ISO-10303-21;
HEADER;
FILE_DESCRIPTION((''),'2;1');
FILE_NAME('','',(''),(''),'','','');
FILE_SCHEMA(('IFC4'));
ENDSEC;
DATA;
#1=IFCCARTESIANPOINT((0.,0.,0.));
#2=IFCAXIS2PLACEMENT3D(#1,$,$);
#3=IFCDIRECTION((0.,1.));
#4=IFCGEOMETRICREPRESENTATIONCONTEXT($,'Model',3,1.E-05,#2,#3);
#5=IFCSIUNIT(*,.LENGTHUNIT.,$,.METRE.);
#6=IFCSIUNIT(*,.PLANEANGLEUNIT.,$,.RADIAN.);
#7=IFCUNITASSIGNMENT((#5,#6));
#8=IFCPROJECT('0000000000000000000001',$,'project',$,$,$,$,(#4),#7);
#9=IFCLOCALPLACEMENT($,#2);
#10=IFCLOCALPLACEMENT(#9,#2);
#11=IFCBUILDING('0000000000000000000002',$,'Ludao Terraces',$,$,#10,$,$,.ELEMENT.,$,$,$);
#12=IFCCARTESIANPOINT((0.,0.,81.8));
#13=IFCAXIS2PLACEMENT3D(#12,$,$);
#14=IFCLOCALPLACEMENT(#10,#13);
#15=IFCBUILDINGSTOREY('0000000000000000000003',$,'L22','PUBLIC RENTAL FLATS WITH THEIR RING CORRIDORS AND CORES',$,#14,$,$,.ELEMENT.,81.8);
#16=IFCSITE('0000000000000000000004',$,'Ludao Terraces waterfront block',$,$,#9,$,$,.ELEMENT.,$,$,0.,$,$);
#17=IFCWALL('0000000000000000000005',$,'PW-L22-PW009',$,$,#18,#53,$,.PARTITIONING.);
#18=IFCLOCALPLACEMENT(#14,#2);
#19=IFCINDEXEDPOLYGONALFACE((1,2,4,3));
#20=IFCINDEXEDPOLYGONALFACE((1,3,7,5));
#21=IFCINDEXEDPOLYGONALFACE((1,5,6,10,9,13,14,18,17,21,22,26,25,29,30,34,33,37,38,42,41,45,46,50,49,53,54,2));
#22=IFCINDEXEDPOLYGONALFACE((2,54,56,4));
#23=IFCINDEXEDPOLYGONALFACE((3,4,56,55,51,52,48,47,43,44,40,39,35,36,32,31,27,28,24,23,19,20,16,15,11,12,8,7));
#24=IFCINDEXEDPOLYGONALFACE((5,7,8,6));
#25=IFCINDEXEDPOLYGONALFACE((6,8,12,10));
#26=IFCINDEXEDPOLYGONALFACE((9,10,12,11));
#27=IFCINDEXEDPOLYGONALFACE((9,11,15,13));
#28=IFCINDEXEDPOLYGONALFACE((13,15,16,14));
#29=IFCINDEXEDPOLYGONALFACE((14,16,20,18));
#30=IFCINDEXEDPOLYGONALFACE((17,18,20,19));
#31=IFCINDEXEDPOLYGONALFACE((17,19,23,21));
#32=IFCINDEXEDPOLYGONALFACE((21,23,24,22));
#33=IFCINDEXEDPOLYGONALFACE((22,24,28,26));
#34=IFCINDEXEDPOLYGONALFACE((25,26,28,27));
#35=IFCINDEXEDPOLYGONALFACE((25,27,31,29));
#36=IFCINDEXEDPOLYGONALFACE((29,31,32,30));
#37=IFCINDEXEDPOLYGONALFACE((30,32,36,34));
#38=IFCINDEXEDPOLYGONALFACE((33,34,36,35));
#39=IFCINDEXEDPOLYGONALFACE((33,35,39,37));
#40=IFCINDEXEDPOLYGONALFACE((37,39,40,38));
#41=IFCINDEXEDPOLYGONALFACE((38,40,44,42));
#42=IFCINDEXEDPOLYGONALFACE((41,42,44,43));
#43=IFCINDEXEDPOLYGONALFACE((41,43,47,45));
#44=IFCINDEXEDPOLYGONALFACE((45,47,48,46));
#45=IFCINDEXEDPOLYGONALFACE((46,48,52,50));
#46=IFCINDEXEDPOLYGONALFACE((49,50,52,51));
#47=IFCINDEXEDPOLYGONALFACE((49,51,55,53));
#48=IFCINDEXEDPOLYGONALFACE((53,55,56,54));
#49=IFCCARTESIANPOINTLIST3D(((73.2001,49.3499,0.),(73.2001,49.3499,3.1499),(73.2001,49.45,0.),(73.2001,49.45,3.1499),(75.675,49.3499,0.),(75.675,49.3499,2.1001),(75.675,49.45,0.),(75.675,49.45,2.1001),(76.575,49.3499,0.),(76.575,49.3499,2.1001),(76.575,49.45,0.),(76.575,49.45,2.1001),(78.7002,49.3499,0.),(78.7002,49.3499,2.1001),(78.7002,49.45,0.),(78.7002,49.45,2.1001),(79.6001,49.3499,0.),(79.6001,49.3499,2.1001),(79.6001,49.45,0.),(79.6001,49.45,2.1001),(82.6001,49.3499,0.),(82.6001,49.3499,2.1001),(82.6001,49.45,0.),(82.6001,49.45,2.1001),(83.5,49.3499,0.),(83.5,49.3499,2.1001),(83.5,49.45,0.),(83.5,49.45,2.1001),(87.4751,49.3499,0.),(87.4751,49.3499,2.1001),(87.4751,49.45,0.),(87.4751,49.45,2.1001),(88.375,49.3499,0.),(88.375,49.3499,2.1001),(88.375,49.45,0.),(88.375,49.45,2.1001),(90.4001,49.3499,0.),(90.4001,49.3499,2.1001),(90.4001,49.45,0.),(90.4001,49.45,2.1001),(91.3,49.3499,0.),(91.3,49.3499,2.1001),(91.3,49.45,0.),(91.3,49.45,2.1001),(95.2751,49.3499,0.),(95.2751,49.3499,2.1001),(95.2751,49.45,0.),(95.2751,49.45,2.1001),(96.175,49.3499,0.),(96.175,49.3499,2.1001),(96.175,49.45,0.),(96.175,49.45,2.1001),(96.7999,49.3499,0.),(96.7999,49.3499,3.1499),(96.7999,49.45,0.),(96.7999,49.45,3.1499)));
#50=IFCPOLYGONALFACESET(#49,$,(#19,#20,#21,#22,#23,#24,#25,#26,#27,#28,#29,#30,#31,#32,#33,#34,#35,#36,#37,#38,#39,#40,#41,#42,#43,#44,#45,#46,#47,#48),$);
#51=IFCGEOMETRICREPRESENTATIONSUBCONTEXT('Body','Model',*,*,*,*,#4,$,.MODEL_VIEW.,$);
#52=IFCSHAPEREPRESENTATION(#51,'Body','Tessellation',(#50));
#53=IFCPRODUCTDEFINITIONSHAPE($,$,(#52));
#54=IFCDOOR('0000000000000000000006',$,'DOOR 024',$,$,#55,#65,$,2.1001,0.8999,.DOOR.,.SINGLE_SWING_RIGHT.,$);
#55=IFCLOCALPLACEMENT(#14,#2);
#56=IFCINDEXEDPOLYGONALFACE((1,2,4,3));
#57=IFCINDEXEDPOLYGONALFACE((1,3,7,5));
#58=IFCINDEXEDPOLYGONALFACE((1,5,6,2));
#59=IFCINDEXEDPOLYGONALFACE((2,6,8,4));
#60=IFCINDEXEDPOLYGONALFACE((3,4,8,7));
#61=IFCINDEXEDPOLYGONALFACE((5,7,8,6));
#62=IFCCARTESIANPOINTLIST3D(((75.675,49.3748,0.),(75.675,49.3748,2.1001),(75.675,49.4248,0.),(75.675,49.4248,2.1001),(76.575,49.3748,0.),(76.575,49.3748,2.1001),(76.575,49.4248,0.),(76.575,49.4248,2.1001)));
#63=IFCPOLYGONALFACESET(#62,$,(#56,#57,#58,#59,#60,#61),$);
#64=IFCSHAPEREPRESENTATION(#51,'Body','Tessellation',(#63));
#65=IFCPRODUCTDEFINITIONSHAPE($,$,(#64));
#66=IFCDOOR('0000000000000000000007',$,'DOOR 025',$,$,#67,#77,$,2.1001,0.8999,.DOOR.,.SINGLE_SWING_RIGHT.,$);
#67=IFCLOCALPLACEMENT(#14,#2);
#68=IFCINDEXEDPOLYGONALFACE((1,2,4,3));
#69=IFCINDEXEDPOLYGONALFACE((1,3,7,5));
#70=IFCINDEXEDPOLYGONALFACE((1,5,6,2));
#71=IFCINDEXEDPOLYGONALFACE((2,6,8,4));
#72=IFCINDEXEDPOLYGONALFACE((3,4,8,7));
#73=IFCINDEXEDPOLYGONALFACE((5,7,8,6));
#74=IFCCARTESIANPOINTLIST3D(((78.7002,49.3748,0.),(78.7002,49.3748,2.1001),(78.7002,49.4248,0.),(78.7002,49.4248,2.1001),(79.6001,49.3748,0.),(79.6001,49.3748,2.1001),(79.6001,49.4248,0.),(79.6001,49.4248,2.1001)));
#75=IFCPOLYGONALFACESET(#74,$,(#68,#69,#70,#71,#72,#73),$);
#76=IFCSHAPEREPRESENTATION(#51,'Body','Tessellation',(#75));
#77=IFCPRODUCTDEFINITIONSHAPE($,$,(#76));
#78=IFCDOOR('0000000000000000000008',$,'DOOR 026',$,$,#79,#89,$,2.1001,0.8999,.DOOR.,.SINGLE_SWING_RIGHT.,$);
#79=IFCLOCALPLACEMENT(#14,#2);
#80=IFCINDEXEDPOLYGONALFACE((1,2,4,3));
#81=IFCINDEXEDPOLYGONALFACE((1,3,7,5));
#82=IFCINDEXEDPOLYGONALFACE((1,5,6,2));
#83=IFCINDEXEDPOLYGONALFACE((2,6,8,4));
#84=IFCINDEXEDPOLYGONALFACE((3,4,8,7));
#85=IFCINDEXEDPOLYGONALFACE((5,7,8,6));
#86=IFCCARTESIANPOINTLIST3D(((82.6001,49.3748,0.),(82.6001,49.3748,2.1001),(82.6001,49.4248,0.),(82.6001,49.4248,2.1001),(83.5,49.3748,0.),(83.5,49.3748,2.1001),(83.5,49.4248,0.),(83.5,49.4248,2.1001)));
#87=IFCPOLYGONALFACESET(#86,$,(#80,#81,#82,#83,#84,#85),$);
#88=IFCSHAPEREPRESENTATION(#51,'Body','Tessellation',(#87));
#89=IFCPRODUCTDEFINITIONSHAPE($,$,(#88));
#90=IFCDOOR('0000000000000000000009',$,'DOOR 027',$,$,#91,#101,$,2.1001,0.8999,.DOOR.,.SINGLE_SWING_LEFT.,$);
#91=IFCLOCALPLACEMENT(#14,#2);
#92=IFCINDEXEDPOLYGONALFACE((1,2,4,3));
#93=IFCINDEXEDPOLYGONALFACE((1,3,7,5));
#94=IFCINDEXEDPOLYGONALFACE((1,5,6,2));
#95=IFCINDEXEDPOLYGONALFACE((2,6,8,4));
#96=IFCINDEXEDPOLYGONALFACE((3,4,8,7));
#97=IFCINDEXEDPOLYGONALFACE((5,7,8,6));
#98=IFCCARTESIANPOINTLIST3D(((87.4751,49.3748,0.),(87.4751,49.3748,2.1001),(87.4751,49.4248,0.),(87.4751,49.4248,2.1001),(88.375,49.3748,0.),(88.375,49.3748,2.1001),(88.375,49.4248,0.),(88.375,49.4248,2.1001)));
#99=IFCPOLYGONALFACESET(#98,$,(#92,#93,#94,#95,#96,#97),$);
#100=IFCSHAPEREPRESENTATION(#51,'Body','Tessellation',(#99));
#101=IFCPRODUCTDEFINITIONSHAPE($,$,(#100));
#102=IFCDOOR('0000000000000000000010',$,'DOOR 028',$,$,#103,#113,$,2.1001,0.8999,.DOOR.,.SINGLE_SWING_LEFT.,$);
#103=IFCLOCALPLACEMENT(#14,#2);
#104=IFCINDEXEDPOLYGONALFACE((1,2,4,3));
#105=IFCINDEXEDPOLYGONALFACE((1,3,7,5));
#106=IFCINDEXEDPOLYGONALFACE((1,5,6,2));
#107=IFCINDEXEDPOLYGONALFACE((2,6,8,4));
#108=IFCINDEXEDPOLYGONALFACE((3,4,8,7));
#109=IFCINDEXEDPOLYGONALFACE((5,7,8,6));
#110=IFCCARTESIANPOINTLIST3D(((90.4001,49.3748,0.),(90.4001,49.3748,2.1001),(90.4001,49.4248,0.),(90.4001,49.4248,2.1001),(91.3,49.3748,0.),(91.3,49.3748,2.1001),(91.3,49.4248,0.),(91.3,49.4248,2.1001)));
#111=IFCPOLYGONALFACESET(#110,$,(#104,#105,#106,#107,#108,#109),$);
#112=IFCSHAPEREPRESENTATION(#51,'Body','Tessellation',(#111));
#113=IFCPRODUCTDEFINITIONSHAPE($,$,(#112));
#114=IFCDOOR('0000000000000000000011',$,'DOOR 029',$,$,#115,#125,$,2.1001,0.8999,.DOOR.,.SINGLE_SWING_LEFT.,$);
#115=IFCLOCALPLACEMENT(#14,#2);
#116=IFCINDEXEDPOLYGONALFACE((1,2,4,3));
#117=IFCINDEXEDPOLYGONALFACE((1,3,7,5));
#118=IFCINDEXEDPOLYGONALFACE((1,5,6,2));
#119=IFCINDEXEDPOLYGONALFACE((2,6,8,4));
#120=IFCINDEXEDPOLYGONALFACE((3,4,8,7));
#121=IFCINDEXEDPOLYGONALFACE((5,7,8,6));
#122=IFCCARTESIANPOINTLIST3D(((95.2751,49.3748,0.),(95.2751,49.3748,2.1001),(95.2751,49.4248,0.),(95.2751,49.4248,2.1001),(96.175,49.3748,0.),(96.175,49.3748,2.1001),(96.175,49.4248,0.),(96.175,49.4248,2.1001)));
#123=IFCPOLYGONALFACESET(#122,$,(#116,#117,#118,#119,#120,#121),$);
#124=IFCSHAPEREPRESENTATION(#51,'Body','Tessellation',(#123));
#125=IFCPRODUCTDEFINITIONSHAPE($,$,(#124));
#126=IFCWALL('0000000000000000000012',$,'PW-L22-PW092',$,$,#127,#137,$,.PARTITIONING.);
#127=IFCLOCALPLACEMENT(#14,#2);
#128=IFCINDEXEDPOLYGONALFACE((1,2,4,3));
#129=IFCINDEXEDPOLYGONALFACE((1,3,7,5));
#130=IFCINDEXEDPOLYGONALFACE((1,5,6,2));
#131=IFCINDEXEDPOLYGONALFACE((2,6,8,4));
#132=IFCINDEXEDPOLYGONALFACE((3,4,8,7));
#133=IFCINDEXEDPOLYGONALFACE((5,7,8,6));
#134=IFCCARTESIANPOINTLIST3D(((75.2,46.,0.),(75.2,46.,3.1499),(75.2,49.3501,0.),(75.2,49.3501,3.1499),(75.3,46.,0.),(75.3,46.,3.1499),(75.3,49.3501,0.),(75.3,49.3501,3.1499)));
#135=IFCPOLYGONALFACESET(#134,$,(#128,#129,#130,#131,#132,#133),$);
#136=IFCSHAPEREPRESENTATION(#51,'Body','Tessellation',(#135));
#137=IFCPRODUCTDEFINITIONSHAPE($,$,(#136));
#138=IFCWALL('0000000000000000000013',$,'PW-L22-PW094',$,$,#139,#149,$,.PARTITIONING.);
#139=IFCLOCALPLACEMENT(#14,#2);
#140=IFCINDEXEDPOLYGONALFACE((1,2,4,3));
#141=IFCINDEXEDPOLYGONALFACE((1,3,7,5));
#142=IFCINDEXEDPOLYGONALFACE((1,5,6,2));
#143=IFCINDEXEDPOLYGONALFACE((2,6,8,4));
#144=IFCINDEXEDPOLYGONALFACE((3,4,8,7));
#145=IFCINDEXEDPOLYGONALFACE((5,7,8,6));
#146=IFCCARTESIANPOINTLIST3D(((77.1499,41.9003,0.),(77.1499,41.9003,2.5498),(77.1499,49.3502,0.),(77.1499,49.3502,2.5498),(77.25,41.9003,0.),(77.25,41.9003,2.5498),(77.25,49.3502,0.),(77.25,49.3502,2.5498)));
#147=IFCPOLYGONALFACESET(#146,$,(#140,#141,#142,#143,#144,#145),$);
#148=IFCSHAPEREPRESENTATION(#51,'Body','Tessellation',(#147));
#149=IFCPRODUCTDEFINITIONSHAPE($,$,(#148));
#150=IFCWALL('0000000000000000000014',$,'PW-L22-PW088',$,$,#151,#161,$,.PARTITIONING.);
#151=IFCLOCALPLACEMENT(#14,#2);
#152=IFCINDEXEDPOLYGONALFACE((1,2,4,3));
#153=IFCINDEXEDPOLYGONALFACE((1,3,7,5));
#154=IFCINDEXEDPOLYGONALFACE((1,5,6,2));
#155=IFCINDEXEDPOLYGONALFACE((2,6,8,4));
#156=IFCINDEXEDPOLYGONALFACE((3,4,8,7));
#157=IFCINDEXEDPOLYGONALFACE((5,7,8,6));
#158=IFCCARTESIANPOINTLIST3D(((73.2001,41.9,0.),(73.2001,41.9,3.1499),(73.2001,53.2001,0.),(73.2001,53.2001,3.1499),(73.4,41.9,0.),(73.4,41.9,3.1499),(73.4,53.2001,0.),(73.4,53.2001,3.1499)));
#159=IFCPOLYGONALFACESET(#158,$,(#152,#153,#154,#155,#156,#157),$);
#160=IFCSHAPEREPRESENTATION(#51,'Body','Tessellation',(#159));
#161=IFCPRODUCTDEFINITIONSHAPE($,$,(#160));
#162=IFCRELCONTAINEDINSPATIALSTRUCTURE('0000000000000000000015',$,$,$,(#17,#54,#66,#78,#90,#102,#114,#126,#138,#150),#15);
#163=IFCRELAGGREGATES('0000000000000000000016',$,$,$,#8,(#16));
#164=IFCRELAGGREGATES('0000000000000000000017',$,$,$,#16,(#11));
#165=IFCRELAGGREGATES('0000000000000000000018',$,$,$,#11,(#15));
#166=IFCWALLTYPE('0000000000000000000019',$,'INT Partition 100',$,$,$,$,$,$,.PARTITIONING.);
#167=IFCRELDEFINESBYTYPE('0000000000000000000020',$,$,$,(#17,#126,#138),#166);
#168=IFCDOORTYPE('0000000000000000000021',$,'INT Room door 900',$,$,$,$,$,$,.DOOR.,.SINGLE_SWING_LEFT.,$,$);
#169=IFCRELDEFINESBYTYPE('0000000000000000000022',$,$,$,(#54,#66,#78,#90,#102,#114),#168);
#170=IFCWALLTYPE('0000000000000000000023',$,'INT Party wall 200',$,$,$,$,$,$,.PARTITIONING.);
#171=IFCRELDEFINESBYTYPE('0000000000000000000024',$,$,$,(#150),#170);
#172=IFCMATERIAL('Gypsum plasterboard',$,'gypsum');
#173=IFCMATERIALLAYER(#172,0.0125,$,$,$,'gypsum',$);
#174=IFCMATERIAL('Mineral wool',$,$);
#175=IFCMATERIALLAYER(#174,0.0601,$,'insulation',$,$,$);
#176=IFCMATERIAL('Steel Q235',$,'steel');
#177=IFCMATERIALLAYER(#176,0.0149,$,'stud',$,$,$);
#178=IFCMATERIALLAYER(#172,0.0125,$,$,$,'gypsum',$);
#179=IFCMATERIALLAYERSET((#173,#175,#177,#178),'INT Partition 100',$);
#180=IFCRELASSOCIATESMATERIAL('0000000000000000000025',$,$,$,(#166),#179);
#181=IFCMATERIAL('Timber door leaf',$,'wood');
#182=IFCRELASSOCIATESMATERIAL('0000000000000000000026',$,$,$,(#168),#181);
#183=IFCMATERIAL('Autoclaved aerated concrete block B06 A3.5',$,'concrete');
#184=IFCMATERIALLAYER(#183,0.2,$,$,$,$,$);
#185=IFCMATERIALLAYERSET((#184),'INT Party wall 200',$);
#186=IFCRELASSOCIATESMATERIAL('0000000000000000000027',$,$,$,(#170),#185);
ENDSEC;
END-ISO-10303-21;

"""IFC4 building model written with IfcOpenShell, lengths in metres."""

from ifc_helpers import new_model, si_unit, direction, frame, frame_2d, origin, place, context, subcontext, project, spatial, rectangle, extrude, material, layer, layer_set, type_object, element, fill, save


model = new_model("IFC4")

# Units and contexts
model_context = context("Model", 3, precision=1e-05, world=origin(), true_north=direction((0.0, 1.0)))
body_context = subcontext(model_context, "Body", "Model", "MODEL_VIEW")
ifc_project = project(units=[si_unit("LENGTHUNIT", "METRE"), si_unit("PLANEANGLEUNIT", "RADIAN")], contexts=[model_context])

# Site, building, storey
site_placement = place(None, origin())
site = spatial("IfcSite", under=ifc_project, at=site_placement, Name="Ludao Terraces waterfront block", CompositionType="ELEMENT", RefElevation=0.0)
building_placement = place(site_placement, origin())
building = spatial("IfcBuilding", under=site, at=building_placement, Name="Ludao Terraces", CompositionType="ELEMENT")
storey_placement = place(building_placement, frame((0.0, 0.0, 81.8)))
storey = spatial("IfcBuildingStorey", under=building, at=storey_placement, Name="L22", Description="PUBLIC RENTAL FLATS WITH THEIR RING CORRIDORS AND CORES", CompositionType="ELEMENT", Elevation=81.8)

# Shared definitions
ifc_material_1 = material(Name="Mineral wool")

# Wall, openings, doors
ifc_material_2 = material(Name="Gypsum plasterboard", Category="gypsum")
ifc_layer_1 = layer(ifc_material_2, 0.0125, Category="gypsum")
ifc_layer_2 = layer(ifc_material_1, 0.0601, Name="insulation")
ifc_material_3 = material(Name="Steel Q235", Category="steel")
ifc_layer_3 = layer(ifc_material_3, 0.0149, Name="stud")
ifc_layer_4 = layer(ifc_material_2, 0.0125, Category="gypsum")
ifc_layer_set_1 = layer_set([ifc_layer_1, ifc_layer_2, ifc_layer_3, ifc_layer_4], Name="INT Partition 100")
wall_type_1 = type_object("IfcWallType", Name="INT Partition 100", PredefinedType="PARTITIONING", material=ifc_layer_set_1)
ifc_material_4 = material(Name="Timber door leaf", Category="wood")
door_type_1 = type_object("IfcDoorType", Name="INT Room door 900", OperationType="SINGLE_SWING_LEFT", PredefinedType="DOOR", material=ifc_material_4)
wall_1_placement = place(storey_placement, frame((73.2002, 49.3999, 0.0), z_axis=(0.0, 0.0, 1.0), x_axis=(1.0, 0.0, 0.0)))
wall_1 = element("IfcWall", 1, at=wall_1_placement, inside=storey, type_object=wall_type_1, Name="PW-L22-PW009", PredefinedType="PARTITIONING", context=body_context, shape_type="SweptSolid", body=[
    extrude(rectangle(XDim=23.5999, YDim=0.1001, at=frame_2d((11.7998, 0.0))), origin(), (0.0, 0.0, 1.0), 3.1499),
])
opening_1_placement = place(wall_1_placement, frame((2.4749, 0.0, 0.0)))
opening_1 = element("IfcOpeningElement", 2, at=opening_1_placement, cuts=wall_1, PredefinedType="OPENING", context=body_context, shape_type="SweptSolid", body=[
    extrude(rectangle(XDim=0.8999, YDim=2.1001, at=frame_2d((0.45, 1.05))), frame((0.0, 0.0601, 0.0), z_axis=(0.0, -1.0, 0.0), x_axis=(1.0, 0.0, 0.0)), (0.0, 0.0, 1.0), 0.1201),
])
opening_2_placement = place(wall_1_placement, frame((5.5, 0.0, 0.0)))
opening_2 = element("IfcOpeningElement", 3, at=opening_2_placement, cuts=wall_1, PredefinedType="OPENING", context=body_context, shape_type="SweptSolid", body=[
    extrude(rectangle(XDim=0.8999, YDim=2.1001, at=frame_2d((0.45, 1.05))), frame((0.0, 0.0601, 0.0), z_axis=(0.0, -1.0, 0.0), x_axis=(1.0, 0.0, 0.0)), (0.0, 0.0, 1.0), 0.1201),
])
opening_3_placement = place(wall_1_placement, frame((9.3999, 0.0, 0.0)))
opening_3 = element("IfcOpeningElement", 4, at=opening_3_placement, cuts=wall_1, PredefinedType="OPENING", context=body_context, shape_type="SweptSolid", body=[
    extrude(rectangle(XDim=0.8999, YDim=2.1001, at=frame_2d((0.45, 1.05))), frame((0.0, 0.0601, 0.0), z_axis=(0.0, -1.0, 0.0), x_axis=(1.0, 0.0, 0.0)), (0.0, 0.0, 1.0), 0.1201),
])
opening_4_placement = place(wall_1_placement, frame((14.2749, 0.0, 0.0)))
opening_4 = element("IfcOpeningElement", 5, at=opening_4_placement, cuts=wall_1, PredefinedType="OPENING", context=body_context, shape_type="SweptSolid", body=[
    extrude(rectangle(XDim=0.8999, YDim=2.1001, at=frame_2d((0.45, 1.05))), frame((0.0, 0.0601, 0.0), z_axis=(0.0, -1.0, 0.0), x_axis=(1.0, 0.0, 0.0)), (0.0, 0.0, 1.0), 0.1201),
])
opening_5_placement = place(wall_1_placement, frame((17.2, 0.0, 0.0)))
opening_5 = element("IfcOpeningElement", 6, at=opening_5_placement, cuts=wall_1, PredefinedType="OPENING", context=body_context, shape_type="SweptSolid", body=[
    extrude(rectangle(XDim=0.8999, YDim=2.1001, at=frame_2d((0.45, 1.05))), frame((0.0, 0.0601, 0.0), z_axis=(0.0, -1.0, 0.0), x_axis=(1.0, 0.0, 0.0)), (0.0, 0.0, 1.0), 0.1201),
])
opening_6_placement = place(wall_1_placement, frame((22.075, 0.0, 0.0)))
opening_6 = element("IfcOpeningElement", 7, at=opening_6_placement, cuts=wall_1, PredefinedType="OPENING", context=body_context, shape_type="SweptSolid", body=[
    extrude(rectangle(XDim=0.8999, YDim=2.1001, at=frame_2d((0.45, 1.05))), frame((0.0, 0.0601, 0.0), z_axis=(0.0, -1.0, 0.0), x_axis=(1.0, 0.0, 0.0)), (0.0, 0.0, 1.0), 0.1201),
])
door_1_placement = place(opening_1_placement, origin())
door_1 = element("IfcDoor", 8, at=door_1_placement, inside=storey, type_object=door_type_1, Name="DOOR 024", OperationType="SINGLE_SWING_RIGHT", OverallHeight=2.1001, OverallWidth=0.8999, PredefinedType="DOOR", context=body_context, shape_type="SweptSolid", body=[
    extrude(rectangle(XDim=0.8999, YDim=2.1001, at=frame_2d((0.45, 1.05))), frame((0.0, 0.0249, 0.0), z_axis=(0.0, -1.0, 0.0), x_axis=(1.0, 0.0, 0.0)), (0.0, 0.0, 1.0), 0.05),
])
fill(opening_1, door_1)
door_2_placement = place(opening_2_placement, origin())
door_2 = element("IfcDoor", 9, at=door_2_placement, inside=storey, type_object=door_type_1, Name="DOOR 025", OperationType="SINGLE_SWING_RIGHT", OverallHeight=2.1001, OverallWidth=0.8999, PredefinedType="DOOR", context=body_context, shape_type="SweptSolid", body=[
    extrude(rectangle(XDim=0.8999, YDim=2.1001, at=frame_2d((0.45, 1.05))), frame((0.0, 0.0249, 0.0), z_axis=(0.0, -1.0, 0.0), x_axis=(1.0, 0.0, 0.0)), (0.0, 0.0, 1.0), 0.05),
])
fill(opening_2, door_2)
door_3_placement = place(opening_3_placement, origin())
door_3 = element("IfcDoor", 10, at=door_3_placement, inside=storey, type_object=door_type_1, Name="DOOR 026", OperationType="SINGLE_SWING_RIGHT", OverallHeight=2.1001, OverallWidth=0.8999, PredefinedType="DOOR", context=body_context, shape_type="SweptSolid", body=[
    extrude(rectangle(XDim=0.8999, YDim=2.1001, at=frame_2d((0.45, 1.05))), frame((0.0, 0.0249, 0.0), z_axis=(0.0, -1.0, 0.0), x_axis=(1.0, 0.0, 0.0)), (0.0, 0.0, 1.0), 0.05),
])
fill(opening_3, door_3)
door_4_placement = place(opening_4_placement, origin())
door_4 = element("IfcDoor", 11, at=door_4_placement, inside=storey, type_object=door_type_1, Name="DOOR 027", OperationType="SINGLE_SWING_LEFT", OverallHeight=2.1001, OverallWidth=0.8999, PredefinedType="DOOR", context=body_context, shape_type="SweptSolid", body=[
    extrude(rectangle(XDim=0.8999, YDim=2.1001, at=frame_2d((0.45, 1.05))), frame((0.0, 0.0249, 0.0), z_axis=(0.0, -1.0, 0.0), x_axis=(1.0, 0.0, 0.0)), (0.0, 0.0, 1.0), 0.05),
])
fill(opening_4, door_4)
door_5_placement = place(opening_5_placement, origin())
door_5 = element("IfcDoor", 12, at=door_5_placement, inside=storey, type_object=door_type_1, Name="DOOR 028", OperationType="SINGLE_SWING_LEFT", OverallHeight=2.1001, OverallWidth=0.8999, PredefinedType="DOOR", context=body_context, shape_type="SweptSolid", body=[
    extrude(rectangle(XDim=0.8999, YDim=2.1001, at=frame_2d((0.45, 1.05))), frame((0.0, 0.0249, 0.0), z_axis=(0.0, -1.0, 0.0), x_axis=(1.0, 0.0, 0.0)), (0.0, 0.0, 1.0), 0.05),
])
fill(opening_5, door_5)
door_6_placement = place(opening_6_placement, origin())
door_6 = element("IfcDoor", 13, at=door_6_placement, inside=storey, type_object=door_type_1, Name="DOOR 029", OperationType="SINGLE_SWING_LEFT", OverallHeight=2.1001, OverallWidth=0.8999, PredefinedType="DOOR", context=body_context, shape_type="SweptSolid", body=[
    extrude(rectangle(XDim=0.8999, YDim=2.1001, at=frame_2d((0.45, 1.05))), frame((0.0, 0.0249, 0.0), z_axis=(0.0, -1.0, 0.0), x_axis=(1.0, 0.0, 0.0)), (0.0, 0.0, 1.0), 0.05),
])
fill(opening_6, door_6)

# Walls
wall_2_placement = place(storey_placement, frame((75.25, 46.0, 0.0), z_axis=(0.0, 0.0, 1.0), x_axis=(0.0, 1.0, 0.0)))
element("IfcWall", 14, at=wall_2_placement, inside=storey, type_object=wall_type_1, Name="PW-L22-PW092", PredefinedType="PARTITIONING", context=body_context, shape_type="SweptSolid", body=[
    extrude(rectangle(XDim=3.3501, YDim=0.1001, at=frame_2d((1.675, 0.0))), origin(), (0.0, 0.0, 1.0), 3.1499),
])
wall_3_placement = place(storey_placement, frame((77.2, 41.9001, 0.0), z_axis=(0.0, 0.0, 1.0), x_axis=(0.0, 1.0, 0.0)))
element("IfcWall", 15, at=wall_3_placement, inside=storey, type_object=wall_type_1, Name="PW-L22-PW094", PredefinedType="PARTITIONING", context=body_context, shape_type="SweptSolid", body=[
    extrude(rectangle(XDim=7.45, YDim=0.1001, at=frame_2d((3.7251, 0.0))), origin(), (0.0, 0.0, 1.0), 2.5498),
])
ifc_material_5 = material(Name="Autoclaved aerated concrete block B06 A3.5", Category="concrete")
ifc_layer_5 = layer(ifc_material_5, 0.2)
ifc_layer_set_2 = layer_set([ifc_layer_5], Name="INT Party wall 200")
wall_type_2 = type_object("IfcWallType", Name="INT Party wall 200", PredefinedType="PARTITIONING", material=ifc_layer_set_2)
for number, where, z_axis, x_axis, name in (
    (16, (73.3, 41.9001, 0.0), (0.0, 0.0, 1.0), (0.0, 1.0, 0.0), "PW-L22-PW088"),
):
    element("IfcWall", number, at=place(storey_placement, frame(where, z_axis=z_axis, x_axis=x_axis)), inside=storey, type_object=wall_type_2, Name=name, PredefinedType="PARTITIONING", context=body_context, shape_type="SweptSolid", body=[
        extrude(rectangle(XDim=11.3, YDim=0.2, at=frame_2d((5.6499, 0.0))), origin(), (0.0, 0.0, 1.0), 3.1499),
    ])

save(model, "model.ifc")
